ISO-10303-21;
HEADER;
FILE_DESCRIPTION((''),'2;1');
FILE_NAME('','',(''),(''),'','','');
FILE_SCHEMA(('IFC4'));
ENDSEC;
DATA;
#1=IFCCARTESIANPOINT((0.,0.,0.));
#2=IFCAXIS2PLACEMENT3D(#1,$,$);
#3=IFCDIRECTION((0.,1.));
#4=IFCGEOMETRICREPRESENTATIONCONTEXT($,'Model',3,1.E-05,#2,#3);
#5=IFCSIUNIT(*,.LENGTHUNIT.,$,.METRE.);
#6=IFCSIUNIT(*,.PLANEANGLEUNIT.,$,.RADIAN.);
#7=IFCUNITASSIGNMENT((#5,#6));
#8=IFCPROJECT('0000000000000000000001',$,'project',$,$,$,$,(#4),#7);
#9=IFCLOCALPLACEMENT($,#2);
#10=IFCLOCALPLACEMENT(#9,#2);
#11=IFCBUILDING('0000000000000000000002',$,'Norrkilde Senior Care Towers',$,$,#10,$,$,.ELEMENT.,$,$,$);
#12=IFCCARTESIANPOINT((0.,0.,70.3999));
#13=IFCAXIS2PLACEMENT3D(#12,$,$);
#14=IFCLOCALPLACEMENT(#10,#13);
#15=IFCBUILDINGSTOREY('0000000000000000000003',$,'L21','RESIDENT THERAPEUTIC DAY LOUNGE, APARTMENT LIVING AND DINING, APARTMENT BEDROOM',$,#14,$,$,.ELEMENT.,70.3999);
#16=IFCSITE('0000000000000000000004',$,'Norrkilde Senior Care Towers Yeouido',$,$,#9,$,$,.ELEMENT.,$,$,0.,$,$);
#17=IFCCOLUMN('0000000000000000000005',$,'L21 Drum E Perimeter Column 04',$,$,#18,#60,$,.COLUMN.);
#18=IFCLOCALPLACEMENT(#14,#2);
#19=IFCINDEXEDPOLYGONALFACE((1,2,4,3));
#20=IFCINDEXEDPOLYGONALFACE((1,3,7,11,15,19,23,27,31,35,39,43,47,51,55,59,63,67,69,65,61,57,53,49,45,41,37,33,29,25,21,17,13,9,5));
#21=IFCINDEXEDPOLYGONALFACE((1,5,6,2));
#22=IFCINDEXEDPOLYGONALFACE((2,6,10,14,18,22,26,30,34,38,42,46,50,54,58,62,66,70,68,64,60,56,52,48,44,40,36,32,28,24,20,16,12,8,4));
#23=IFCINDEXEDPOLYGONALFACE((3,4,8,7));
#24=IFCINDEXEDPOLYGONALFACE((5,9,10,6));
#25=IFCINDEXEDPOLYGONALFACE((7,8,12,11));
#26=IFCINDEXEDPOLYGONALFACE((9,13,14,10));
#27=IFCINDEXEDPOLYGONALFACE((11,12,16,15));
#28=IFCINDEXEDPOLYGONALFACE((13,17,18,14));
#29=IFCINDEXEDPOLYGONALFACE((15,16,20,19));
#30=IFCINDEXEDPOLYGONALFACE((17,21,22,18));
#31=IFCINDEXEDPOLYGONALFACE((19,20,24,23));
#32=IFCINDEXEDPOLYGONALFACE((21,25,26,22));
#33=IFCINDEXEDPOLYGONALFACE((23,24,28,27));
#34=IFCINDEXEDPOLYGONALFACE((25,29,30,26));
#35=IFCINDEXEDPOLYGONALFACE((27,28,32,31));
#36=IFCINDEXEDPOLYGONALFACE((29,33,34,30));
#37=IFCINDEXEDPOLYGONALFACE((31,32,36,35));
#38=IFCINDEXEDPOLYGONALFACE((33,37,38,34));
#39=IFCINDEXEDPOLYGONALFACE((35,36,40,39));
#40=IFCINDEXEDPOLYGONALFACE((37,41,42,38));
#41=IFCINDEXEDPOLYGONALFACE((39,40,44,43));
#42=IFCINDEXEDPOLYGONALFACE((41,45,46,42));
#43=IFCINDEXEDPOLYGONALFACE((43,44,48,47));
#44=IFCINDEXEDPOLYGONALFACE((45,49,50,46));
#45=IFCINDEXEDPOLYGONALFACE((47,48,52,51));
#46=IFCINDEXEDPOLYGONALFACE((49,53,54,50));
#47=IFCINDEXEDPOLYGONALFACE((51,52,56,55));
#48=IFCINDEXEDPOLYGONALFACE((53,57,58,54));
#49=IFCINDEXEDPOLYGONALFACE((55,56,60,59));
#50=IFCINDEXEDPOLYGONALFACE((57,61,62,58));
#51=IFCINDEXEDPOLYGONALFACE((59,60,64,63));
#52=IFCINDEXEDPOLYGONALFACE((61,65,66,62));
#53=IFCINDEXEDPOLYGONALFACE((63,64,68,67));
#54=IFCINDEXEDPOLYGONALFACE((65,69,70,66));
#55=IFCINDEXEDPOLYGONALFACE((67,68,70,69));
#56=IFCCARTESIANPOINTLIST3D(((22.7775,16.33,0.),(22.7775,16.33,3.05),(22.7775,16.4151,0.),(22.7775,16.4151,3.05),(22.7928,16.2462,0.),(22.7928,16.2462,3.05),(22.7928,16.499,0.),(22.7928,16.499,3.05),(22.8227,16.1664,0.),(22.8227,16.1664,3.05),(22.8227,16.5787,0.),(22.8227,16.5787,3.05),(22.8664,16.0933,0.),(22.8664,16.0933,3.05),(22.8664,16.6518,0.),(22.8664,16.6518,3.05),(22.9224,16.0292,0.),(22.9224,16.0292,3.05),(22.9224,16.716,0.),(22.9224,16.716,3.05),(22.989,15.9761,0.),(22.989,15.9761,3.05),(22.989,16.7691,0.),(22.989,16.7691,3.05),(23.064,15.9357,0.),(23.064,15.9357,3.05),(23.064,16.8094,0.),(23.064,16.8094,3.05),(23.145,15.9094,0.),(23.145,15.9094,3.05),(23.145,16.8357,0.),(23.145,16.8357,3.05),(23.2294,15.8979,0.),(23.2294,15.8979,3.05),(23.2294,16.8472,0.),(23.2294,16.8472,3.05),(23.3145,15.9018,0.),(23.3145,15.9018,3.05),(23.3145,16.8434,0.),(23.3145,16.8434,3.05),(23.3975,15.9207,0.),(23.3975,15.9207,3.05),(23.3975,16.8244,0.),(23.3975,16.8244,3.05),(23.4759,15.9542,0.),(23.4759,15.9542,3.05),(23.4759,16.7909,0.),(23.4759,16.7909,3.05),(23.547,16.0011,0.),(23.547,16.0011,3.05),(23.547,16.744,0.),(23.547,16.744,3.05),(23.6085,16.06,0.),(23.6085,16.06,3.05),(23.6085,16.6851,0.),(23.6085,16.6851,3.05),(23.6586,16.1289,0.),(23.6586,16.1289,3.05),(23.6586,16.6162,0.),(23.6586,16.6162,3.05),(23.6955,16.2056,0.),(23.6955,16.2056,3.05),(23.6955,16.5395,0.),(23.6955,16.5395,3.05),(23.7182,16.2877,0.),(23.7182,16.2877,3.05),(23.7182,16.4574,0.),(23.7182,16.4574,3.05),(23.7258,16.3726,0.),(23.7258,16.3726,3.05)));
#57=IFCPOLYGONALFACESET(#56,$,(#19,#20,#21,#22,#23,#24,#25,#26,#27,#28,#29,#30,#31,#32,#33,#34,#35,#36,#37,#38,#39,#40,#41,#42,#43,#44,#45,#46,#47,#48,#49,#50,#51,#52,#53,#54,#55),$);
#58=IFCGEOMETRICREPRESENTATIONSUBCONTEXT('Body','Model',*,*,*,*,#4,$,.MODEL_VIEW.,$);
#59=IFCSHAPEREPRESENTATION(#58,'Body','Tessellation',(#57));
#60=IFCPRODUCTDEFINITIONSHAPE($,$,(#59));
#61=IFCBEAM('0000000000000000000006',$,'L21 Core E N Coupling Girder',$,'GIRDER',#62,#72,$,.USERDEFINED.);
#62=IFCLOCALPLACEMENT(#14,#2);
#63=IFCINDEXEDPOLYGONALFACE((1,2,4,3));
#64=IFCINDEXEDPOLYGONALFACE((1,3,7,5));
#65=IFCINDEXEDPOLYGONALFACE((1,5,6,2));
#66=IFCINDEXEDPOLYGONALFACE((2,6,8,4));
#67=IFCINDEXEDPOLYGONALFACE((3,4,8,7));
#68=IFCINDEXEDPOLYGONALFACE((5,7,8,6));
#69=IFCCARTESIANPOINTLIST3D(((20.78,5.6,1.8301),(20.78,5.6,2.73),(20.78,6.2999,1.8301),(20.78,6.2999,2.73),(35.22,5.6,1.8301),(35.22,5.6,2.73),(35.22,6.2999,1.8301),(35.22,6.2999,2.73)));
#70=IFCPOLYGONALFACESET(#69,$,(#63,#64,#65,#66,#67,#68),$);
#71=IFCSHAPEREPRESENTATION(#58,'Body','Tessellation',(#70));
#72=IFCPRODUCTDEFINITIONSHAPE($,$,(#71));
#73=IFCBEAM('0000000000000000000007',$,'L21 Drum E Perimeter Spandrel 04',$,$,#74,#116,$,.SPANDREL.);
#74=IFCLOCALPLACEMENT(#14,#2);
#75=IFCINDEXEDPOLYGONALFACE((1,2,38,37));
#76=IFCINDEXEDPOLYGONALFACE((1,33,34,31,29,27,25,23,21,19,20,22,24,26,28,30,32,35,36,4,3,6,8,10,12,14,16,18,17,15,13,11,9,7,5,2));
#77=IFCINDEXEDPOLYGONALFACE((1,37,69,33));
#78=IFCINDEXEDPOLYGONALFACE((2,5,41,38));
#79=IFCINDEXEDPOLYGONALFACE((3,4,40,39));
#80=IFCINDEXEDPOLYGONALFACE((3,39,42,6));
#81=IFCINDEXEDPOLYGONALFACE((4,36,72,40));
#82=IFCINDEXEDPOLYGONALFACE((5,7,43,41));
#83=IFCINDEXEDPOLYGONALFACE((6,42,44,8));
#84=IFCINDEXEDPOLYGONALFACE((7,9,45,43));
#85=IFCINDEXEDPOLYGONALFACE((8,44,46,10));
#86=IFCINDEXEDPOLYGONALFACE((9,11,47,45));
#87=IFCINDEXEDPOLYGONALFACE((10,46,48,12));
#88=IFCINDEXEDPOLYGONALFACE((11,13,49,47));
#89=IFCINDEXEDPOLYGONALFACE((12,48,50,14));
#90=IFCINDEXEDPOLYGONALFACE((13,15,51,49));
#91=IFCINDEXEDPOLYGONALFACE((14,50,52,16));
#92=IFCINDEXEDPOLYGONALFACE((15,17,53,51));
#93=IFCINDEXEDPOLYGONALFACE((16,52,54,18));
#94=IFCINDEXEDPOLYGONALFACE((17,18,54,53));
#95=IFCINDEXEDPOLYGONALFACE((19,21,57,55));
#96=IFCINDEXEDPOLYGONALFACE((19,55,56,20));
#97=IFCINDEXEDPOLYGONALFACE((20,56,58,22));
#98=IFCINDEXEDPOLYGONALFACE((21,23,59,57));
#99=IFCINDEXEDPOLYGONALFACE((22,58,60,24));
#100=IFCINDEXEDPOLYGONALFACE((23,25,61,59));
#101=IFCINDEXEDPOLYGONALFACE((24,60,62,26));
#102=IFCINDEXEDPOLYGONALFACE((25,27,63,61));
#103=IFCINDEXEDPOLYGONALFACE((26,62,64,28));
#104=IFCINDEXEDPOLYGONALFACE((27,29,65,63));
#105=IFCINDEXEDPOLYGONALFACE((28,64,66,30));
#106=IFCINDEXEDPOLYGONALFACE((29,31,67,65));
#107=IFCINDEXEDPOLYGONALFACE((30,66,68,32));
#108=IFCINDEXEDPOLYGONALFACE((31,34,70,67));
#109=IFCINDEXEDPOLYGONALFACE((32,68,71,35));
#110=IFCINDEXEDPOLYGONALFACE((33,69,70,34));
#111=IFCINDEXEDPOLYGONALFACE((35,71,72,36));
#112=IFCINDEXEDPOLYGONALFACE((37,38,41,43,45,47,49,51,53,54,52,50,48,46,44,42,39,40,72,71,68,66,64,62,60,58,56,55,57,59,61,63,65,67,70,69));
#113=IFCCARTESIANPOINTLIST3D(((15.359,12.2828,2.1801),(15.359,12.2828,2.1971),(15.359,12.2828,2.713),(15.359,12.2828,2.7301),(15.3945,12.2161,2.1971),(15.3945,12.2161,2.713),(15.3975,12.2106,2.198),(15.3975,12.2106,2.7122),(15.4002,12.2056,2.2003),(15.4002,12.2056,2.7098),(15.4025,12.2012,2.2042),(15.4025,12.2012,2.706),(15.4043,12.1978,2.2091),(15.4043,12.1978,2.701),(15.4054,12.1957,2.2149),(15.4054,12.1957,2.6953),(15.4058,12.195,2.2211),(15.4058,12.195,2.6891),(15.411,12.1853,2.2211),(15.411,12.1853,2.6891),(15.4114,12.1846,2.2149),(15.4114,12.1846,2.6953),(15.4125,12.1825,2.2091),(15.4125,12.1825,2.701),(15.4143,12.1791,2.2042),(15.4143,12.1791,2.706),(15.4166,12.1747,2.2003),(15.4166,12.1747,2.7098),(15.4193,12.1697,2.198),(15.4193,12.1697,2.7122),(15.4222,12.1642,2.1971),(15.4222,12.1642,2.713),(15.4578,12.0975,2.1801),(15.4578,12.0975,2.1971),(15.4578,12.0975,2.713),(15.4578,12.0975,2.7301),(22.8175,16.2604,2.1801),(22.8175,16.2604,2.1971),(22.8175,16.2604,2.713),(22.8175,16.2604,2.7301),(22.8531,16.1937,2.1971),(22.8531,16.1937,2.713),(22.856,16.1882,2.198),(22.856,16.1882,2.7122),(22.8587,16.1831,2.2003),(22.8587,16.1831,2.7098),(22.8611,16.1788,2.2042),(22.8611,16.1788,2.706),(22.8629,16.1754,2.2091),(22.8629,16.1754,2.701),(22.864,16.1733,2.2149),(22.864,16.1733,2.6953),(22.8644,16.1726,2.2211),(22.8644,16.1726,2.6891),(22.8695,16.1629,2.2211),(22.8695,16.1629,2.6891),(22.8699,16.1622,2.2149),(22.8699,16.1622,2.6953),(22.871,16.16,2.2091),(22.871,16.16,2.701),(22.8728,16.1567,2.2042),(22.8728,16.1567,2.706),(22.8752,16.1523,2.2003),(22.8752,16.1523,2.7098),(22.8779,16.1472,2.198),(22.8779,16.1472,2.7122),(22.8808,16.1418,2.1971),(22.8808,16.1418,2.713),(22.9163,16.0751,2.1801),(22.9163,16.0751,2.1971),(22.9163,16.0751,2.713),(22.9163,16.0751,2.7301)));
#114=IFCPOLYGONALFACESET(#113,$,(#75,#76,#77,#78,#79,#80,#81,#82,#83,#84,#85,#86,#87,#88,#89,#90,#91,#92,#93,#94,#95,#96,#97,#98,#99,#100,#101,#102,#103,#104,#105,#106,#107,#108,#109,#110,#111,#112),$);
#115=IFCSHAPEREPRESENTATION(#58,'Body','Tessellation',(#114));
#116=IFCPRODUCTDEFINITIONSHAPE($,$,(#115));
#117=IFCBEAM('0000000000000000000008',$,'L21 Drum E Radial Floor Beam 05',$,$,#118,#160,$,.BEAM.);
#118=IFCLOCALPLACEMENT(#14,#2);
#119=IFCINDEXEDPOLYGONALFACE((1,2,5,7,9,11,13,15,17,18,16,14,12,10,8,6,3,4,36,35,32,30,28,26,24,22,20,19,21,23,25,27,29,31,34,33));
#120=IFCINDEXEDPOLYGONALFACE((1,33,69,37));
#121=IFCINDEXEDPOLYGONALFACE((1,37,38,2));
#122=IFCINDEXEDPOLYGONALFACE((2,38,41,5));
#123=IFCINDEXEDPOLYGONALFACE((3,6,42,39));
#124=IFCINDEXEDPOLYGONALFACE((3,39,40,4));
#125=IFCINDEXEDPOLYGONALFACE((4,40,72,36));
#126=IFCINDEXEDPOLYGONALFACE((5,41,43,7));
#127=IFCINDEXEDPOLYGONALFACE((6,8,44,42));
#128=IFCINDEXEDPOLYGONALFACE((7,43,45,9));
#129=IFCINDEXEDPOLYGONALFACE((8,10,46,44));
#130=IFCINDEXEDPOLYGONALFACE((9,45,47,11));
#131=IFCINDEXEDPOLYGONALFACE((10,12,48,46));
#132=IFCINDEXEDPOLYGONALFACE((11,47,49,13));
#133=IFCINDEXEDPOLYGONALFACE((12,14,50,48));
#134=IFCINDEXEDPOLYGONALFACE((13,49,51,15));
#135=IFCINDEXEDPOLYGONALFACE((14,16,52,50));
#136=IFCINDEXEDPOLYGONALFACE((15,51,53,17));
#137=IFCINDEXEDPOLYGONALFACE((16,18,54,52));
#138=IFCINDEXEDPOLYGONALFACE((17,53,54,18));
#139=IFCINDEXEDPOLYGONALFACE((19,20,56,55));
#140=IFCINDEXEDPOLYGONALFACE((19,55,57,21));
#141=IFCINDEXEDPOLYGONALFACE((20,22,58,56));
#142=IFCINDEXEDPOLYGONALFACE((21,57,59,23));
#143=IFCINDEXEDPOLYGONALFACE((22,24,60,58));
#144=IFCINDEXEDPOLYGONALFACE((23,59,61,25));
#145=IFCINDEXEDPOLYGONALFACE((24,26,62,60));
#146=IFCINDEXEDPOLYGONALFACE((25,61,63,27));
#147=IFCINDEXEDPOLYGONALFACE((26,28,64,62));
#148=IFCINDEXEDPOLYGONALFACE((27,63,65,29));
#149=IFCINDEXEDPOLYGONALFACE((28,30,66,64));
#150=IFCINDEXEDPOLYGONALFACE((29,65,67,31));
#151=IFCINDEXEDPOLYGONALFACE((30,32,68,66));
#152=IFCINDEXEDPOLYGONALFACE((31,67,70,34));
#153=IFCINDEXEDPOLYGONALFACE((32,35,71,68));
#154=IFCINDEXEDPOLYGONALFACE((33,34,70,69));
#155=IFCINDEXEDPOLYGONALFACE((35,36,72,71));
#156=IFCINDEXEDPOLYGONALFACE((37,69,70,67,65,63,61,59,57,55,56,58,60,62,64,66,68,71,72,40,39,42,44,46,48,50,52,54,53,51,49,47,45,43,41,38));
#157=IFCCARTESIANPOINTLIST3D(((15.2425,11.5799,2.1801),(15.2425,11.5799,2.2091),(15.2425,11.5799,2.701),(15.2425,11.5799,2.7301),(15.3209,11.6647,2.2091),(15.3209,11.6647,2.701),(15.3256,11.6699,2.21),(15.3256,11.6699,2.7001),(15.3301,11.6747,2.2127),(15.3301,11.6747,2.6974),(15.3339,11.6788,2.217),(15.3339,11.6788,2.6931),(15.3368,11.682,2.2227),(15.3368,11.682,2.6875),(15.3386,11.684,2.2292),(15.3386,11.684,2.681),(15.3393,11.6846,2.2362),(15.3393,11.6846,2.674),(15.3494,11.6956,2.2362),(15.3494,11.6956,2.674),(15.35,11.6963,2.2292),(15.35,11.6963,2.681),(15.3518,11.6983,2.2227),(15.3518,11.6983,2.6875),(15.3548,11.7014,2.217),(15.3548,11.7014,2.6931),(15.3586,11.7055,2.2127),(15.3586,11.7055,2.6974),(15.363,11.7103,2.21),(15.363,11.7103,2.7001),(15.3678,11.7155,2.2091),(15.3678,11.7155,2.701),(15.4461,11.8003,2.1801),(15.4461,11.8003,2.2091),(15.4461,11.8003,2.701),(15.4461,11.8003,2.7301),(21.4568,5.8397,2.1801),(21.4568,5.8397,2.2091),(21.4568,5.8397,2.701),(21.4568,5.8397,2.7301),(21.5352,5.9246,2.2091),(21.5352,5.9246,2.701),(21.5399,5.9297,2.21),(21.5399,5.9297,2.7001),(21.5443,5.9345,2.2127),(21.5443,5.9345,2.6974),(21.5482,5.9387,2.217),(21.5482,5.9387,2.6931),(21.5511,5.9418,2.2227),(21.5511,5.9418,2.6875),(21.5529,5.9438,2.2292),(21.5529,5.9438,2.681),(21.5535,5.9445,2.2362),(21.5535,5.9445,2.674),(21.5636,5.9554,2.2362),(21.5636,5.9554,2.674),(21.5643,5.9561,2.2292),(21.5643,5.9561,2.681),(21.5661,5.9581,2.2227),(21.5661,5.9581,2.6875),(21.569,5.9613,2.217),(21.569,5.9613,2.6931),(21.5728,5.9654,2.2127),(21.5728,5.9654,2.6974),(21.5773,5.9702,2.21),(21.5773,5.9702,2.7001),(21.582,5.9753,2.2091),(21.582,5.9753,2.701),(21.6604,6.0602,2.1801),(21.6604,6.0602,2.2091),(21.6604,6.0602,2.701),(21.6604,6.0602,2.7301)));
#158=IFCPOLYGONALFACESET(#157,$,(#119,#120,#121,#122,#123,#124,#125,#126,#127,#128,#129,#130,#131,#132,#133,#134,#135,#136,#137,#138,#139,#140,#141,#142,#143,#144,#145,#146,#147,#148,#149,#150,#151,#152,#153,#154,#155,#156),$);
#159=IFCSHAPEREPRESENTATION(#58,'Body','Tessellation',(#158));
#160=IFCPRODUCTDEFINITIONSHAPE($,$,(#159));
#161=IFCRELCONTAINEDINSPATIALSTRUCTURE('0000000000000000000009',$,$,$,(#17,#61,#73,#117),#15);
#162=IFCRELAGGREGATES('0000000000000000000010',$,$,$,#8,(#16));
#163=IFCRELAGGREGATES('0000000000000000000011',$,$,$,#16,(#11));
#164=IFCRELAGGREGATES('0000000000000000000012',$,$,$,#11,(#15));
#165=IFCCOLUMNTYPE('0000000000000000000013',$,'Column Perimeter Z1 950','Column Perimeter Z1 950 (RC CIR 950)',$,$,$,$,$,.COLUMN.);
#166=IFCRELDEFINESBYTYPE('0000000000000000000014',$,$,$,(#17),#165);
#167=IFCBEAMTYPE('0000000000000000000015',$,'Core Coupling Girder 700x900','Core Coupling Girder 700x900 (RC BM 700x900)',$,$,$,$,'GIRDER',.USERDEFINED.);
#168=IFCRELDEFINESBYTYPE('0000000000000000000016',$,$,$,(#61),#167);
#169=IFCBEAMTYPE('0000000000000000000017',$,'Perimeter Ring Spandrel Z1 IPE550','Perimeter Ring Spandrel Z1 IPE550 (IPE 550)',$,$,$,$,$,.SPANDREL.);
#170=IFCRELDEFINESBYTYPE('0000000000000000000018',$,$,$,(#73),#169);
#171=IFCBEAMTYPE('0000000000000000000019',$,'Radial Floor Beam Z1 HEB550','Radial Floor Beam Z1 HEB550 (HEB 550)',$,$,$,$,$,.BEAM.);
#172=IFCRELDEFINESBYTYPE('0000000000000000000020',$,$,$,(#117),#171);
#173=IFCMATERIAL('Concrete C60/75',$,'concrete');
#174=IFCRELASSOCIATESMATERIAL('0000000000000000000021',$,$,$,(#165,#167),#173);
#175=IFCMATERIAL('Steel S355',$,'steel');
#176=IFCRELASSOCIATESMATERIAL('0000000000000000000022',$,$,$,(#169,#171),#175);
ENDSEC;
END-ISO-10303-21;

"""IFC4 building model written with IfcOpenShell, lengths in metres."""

from ifc_helpers import new_model, si_unit, direction, frame, origin, origin_2d, place, context, subcontext, project, spatial, rectangle, circle, i_section, extrude, source, transform, mapped, material, material_profile, profile_set, type_object, type_shapes, element, save


model = new_model("IFC4")

# Units and contexts
model_context = context("Model", 3, precision=1e-05, world=origin(), true_north=direction((0.0, 1.0)))
body_context = subcontext(model_context, "Body", "Model", "MODEL_VIEW")
ifc_project = project(units=[si_unit("LENGTHUNIT", "METRE"), si_unit("PLANEANGLEUNIT", "RADIAN")], contexts=[model_context])

# Site, building, storey
site_placement = place(None, origin())
site = spatial("IfcSite", under=ifc_project, at=site_placement, Name="Norrkilde Senior Care Towers Yeouido", CompositionType="ELEMENT", RefElevation=0.0)
building_placement = place(site_placement, origin())
building = spatial("IfcBuilding", under=site, at=building_placement, Name="Norrkilde Senior Care Towers", CompositionType="ELEMENT")
storey_placement = place(building_placement, frame((0.0, 0.0, 70.3999)))
storey = spatial("IfcBuildingStorey", under=building, at=storey_placement, Name="L21", Description="RESIDENT THERAPEUTIC DAY LOUNGE, APARTMENT LIVING AND DINING, APARTMENT BEDROOM", CompositionType="ELEMENT", Elevation=70.3999)

# Column
ifc_material_1 = material(Name="Concrete C60/75", Category="concrete")
ifc_material_profile_1 = material_profile(ifc_material_1, circle(Radius=0.4751, at=origin_2d()), Name="RC CIR 950")
ifc_profile_set_1 = profile_set([ifc_material_profile_1], Name="Concrete C60/75")
column_type = type_object("IfcColumnType", Name="Column Perimeter Z1 950", Description="Column Perimeter Z1 950 (RC CIR 950)", PredefinedType="COLUMN", material=ifc_profile_set_1)
shared_shape_1 = source(origin(), body_context, "Body", "SweptSolid", [
    extrude(circle(Radius=0.4751, at=origin_2d()), origin(), (0.0, 0.0, 1.0), 3.05),
])
type_shapes(column_type, [shared_shape_1])
column_placement = place(storey_placement, frame((23.2507, 16.3726, 0.0), z_axis=(0.0, 0.0, 1.0), x_axis=(1.0, 0.0, 0.0)))
element("IfcColumn", 1, at=column_placement, inside=storey, type_object=column_type, Name="L21 Drum E Perimeter Column 04", PredefinedType="COLUMN", context=body_context, shape_type="MappedRepresentation", body=[
    mapped(shared_shape_1, transform((0.0, 0.0, 0.0), x_axis=(1.0, 0.0, 0.0), y_axis=(0.0, 1.0, 0.0), z_axis=(0.0, 0.0, 1.0), scale=1.0)),
])

# Beams
ifc_material_profile_2 = material_profile(ifc_material_1, rectangle(XDim=0.7, YDim=0.8999, at=origin_2d()), Name="RC BM 700x900")
ifc_profile_set_2 = profile_set([ifc_material_profile_2], Name="Concrete C60/75")
beam_type_1 = type_object("IfcBeamType", Name="Core Coupling Girder 700x900", Description="Core Coupling Girder 700x900 (RC BM 700x900)", ElementType="GIRDER", PredefinedType="USERDEFINED", material=ifc_profile_set_2)
shared_shape_2 = source(origin(), body_context, "Body", "SweptSolid", [
    extrude(rectangle(XDim=0.7, YDim=0.8999, at=origin_2d()), origin(), (0.0, 0.0, 1.0), 14.4399),
])
type_shapes(beam_type_1, [shared_shape_2])
beam_1_placement = place(storey_placement, frame((20.78, 5.95, 2.28), z_axis=(1.0, 0.0, 0.0), x_axis=(0.0, 1.0, 0.0)))
element("IfcBeam", 2, at=beam_1_placement, inside=storey, type_object=beam_type_1, Name="L21 Core E N Coupling Girder", ObjectType="GIRDER", PredefinedType="USERDEFINED", context=body_context, shape_type="MappedRepresentation", body=[
    mapped(shared_shape_2, transform((0.0, 0.0, 0.0), x_axis=(1.0, 0.0, 0.0), y_axis=(0.0, 1.0, 0.0), z_axis=(0.0, 0.0, 1.0), scale=1.0)),
])
ifc_material_2 = material(Name="Steel S355", Category="steel")
ifc_material_profile_3 = material_profile(ifc_material_2, i_section(OverallWidth=0.21, OverallDepth=0.55, WebThickness=0.011, FlangeThickness=0.0171, FilletRadius=0.0239, at=origin_2d()), Name="IPE 550")
ifc_profile_set_3 = profile_set([ifc_material_profile_3], Name="Steel S355")
beam_type_2 = type_object("IfcBeamType", Name="Perimeter Ring Spandrel Z1 IPE550", Description="Perimeter Ring Spandrel Z1 IPE550 (IPE 550)", PredefinedType="SPANDREL", material=ifc_profile_set_3)
shared_shape_3 = source(origin(), body_context, "Body", "SweptSolid", [
    extrude(i_section(OverallWidth=0.21, OverallDepth=0.55, WebThickness=0.011, FlangeThickness=0.0171, FilletRadius=0.0239, at=origin_2d()), origin(), (0.0, 0.0, 1.0), 8.4529),
])
type_shapes(beam_type_2, [shared_shape_3])
beam_2_placement = place(storey_placement, frame((22.8669, 16.1677, 2.4551), z_axis=(-0.882369, -0.470558, 0.0), x_axis=(0.470558, -0.882369, 0.0)))
element("IfcBeam", 3, at=beam_2_placement, inside=storey, type_object=beam_type_2, Name="L21 Drum E Perimeter Spandrel 04", PredefinedType="SPANDREL", context=body_context, shape_type="MappedRepresentation", body=[
    mapped(shared_shape_3, transform((0.0, 0.0, 0.0), x_axis=(1.0, 0.0, 0.0), y_axis=(0.0, 1.0, 0.0), z_axis=(0.0, 0.0, 1.0), scale=1.0)),
])
ifc_material_profile_4 = material_profile(ifc_material_2, i_section(OverallWidth=0.3, OverallDepth=0.55, WebThickness=0.0149, FlangeThickness=0.0291, FilletRadius=0.0271, at=origin_2d()), Name="HEB 550")
ifc_profile_set_4 = profile_set([ifc_material_profile_4], Name="Steel S355")
beam_type_3 = type_object("IfcBeamType", Name="Radial Floor Beam Z1 HEB550", Description="Radial Floor Beam Z1 HEB550 (HEB 550)", PredefinedType="BEAM", material=ifc_profile_set_4)
shared_shape_4 = source(origin(), body_context, "Body", "SweptSolid", [
    extrude(i_section(OverallWidth=0.3, OverallDepth=0.55, WebThickness=0.0149, FlangeThickness=0.0291, FilletRadius=0.0271, at=origin_2d()), origin(), (0.0, 0.0, 1.0), 8.4597),
])
beam_3_placement = place(storey_placement, frame((21.5586, 5.95, 2.4551), z_axis=(-0.734573, 0.678529, 0.0), x_axis=(-0.678529, -0.734573, 0.0)))
element("IfcBeam", 4, at=beam_3_placement, inside=storey, type_object=beam_type_3, Name="L21 Drum E Radial Floor Beam 05", PredefinedType="BEAM", context=body_context, shape_type="MappedRepresentation", body=[
    mapped(shared_shape_4, transform((0.0, 0.0, 0.0), x_axis=(1.0, 0.0, 0.0), y_axis=(0.0, 1.0, 0.0), z_axis=(0.0, 0.0, 1.0), scale=1.0)),
])

save(model, "model.ifc")
